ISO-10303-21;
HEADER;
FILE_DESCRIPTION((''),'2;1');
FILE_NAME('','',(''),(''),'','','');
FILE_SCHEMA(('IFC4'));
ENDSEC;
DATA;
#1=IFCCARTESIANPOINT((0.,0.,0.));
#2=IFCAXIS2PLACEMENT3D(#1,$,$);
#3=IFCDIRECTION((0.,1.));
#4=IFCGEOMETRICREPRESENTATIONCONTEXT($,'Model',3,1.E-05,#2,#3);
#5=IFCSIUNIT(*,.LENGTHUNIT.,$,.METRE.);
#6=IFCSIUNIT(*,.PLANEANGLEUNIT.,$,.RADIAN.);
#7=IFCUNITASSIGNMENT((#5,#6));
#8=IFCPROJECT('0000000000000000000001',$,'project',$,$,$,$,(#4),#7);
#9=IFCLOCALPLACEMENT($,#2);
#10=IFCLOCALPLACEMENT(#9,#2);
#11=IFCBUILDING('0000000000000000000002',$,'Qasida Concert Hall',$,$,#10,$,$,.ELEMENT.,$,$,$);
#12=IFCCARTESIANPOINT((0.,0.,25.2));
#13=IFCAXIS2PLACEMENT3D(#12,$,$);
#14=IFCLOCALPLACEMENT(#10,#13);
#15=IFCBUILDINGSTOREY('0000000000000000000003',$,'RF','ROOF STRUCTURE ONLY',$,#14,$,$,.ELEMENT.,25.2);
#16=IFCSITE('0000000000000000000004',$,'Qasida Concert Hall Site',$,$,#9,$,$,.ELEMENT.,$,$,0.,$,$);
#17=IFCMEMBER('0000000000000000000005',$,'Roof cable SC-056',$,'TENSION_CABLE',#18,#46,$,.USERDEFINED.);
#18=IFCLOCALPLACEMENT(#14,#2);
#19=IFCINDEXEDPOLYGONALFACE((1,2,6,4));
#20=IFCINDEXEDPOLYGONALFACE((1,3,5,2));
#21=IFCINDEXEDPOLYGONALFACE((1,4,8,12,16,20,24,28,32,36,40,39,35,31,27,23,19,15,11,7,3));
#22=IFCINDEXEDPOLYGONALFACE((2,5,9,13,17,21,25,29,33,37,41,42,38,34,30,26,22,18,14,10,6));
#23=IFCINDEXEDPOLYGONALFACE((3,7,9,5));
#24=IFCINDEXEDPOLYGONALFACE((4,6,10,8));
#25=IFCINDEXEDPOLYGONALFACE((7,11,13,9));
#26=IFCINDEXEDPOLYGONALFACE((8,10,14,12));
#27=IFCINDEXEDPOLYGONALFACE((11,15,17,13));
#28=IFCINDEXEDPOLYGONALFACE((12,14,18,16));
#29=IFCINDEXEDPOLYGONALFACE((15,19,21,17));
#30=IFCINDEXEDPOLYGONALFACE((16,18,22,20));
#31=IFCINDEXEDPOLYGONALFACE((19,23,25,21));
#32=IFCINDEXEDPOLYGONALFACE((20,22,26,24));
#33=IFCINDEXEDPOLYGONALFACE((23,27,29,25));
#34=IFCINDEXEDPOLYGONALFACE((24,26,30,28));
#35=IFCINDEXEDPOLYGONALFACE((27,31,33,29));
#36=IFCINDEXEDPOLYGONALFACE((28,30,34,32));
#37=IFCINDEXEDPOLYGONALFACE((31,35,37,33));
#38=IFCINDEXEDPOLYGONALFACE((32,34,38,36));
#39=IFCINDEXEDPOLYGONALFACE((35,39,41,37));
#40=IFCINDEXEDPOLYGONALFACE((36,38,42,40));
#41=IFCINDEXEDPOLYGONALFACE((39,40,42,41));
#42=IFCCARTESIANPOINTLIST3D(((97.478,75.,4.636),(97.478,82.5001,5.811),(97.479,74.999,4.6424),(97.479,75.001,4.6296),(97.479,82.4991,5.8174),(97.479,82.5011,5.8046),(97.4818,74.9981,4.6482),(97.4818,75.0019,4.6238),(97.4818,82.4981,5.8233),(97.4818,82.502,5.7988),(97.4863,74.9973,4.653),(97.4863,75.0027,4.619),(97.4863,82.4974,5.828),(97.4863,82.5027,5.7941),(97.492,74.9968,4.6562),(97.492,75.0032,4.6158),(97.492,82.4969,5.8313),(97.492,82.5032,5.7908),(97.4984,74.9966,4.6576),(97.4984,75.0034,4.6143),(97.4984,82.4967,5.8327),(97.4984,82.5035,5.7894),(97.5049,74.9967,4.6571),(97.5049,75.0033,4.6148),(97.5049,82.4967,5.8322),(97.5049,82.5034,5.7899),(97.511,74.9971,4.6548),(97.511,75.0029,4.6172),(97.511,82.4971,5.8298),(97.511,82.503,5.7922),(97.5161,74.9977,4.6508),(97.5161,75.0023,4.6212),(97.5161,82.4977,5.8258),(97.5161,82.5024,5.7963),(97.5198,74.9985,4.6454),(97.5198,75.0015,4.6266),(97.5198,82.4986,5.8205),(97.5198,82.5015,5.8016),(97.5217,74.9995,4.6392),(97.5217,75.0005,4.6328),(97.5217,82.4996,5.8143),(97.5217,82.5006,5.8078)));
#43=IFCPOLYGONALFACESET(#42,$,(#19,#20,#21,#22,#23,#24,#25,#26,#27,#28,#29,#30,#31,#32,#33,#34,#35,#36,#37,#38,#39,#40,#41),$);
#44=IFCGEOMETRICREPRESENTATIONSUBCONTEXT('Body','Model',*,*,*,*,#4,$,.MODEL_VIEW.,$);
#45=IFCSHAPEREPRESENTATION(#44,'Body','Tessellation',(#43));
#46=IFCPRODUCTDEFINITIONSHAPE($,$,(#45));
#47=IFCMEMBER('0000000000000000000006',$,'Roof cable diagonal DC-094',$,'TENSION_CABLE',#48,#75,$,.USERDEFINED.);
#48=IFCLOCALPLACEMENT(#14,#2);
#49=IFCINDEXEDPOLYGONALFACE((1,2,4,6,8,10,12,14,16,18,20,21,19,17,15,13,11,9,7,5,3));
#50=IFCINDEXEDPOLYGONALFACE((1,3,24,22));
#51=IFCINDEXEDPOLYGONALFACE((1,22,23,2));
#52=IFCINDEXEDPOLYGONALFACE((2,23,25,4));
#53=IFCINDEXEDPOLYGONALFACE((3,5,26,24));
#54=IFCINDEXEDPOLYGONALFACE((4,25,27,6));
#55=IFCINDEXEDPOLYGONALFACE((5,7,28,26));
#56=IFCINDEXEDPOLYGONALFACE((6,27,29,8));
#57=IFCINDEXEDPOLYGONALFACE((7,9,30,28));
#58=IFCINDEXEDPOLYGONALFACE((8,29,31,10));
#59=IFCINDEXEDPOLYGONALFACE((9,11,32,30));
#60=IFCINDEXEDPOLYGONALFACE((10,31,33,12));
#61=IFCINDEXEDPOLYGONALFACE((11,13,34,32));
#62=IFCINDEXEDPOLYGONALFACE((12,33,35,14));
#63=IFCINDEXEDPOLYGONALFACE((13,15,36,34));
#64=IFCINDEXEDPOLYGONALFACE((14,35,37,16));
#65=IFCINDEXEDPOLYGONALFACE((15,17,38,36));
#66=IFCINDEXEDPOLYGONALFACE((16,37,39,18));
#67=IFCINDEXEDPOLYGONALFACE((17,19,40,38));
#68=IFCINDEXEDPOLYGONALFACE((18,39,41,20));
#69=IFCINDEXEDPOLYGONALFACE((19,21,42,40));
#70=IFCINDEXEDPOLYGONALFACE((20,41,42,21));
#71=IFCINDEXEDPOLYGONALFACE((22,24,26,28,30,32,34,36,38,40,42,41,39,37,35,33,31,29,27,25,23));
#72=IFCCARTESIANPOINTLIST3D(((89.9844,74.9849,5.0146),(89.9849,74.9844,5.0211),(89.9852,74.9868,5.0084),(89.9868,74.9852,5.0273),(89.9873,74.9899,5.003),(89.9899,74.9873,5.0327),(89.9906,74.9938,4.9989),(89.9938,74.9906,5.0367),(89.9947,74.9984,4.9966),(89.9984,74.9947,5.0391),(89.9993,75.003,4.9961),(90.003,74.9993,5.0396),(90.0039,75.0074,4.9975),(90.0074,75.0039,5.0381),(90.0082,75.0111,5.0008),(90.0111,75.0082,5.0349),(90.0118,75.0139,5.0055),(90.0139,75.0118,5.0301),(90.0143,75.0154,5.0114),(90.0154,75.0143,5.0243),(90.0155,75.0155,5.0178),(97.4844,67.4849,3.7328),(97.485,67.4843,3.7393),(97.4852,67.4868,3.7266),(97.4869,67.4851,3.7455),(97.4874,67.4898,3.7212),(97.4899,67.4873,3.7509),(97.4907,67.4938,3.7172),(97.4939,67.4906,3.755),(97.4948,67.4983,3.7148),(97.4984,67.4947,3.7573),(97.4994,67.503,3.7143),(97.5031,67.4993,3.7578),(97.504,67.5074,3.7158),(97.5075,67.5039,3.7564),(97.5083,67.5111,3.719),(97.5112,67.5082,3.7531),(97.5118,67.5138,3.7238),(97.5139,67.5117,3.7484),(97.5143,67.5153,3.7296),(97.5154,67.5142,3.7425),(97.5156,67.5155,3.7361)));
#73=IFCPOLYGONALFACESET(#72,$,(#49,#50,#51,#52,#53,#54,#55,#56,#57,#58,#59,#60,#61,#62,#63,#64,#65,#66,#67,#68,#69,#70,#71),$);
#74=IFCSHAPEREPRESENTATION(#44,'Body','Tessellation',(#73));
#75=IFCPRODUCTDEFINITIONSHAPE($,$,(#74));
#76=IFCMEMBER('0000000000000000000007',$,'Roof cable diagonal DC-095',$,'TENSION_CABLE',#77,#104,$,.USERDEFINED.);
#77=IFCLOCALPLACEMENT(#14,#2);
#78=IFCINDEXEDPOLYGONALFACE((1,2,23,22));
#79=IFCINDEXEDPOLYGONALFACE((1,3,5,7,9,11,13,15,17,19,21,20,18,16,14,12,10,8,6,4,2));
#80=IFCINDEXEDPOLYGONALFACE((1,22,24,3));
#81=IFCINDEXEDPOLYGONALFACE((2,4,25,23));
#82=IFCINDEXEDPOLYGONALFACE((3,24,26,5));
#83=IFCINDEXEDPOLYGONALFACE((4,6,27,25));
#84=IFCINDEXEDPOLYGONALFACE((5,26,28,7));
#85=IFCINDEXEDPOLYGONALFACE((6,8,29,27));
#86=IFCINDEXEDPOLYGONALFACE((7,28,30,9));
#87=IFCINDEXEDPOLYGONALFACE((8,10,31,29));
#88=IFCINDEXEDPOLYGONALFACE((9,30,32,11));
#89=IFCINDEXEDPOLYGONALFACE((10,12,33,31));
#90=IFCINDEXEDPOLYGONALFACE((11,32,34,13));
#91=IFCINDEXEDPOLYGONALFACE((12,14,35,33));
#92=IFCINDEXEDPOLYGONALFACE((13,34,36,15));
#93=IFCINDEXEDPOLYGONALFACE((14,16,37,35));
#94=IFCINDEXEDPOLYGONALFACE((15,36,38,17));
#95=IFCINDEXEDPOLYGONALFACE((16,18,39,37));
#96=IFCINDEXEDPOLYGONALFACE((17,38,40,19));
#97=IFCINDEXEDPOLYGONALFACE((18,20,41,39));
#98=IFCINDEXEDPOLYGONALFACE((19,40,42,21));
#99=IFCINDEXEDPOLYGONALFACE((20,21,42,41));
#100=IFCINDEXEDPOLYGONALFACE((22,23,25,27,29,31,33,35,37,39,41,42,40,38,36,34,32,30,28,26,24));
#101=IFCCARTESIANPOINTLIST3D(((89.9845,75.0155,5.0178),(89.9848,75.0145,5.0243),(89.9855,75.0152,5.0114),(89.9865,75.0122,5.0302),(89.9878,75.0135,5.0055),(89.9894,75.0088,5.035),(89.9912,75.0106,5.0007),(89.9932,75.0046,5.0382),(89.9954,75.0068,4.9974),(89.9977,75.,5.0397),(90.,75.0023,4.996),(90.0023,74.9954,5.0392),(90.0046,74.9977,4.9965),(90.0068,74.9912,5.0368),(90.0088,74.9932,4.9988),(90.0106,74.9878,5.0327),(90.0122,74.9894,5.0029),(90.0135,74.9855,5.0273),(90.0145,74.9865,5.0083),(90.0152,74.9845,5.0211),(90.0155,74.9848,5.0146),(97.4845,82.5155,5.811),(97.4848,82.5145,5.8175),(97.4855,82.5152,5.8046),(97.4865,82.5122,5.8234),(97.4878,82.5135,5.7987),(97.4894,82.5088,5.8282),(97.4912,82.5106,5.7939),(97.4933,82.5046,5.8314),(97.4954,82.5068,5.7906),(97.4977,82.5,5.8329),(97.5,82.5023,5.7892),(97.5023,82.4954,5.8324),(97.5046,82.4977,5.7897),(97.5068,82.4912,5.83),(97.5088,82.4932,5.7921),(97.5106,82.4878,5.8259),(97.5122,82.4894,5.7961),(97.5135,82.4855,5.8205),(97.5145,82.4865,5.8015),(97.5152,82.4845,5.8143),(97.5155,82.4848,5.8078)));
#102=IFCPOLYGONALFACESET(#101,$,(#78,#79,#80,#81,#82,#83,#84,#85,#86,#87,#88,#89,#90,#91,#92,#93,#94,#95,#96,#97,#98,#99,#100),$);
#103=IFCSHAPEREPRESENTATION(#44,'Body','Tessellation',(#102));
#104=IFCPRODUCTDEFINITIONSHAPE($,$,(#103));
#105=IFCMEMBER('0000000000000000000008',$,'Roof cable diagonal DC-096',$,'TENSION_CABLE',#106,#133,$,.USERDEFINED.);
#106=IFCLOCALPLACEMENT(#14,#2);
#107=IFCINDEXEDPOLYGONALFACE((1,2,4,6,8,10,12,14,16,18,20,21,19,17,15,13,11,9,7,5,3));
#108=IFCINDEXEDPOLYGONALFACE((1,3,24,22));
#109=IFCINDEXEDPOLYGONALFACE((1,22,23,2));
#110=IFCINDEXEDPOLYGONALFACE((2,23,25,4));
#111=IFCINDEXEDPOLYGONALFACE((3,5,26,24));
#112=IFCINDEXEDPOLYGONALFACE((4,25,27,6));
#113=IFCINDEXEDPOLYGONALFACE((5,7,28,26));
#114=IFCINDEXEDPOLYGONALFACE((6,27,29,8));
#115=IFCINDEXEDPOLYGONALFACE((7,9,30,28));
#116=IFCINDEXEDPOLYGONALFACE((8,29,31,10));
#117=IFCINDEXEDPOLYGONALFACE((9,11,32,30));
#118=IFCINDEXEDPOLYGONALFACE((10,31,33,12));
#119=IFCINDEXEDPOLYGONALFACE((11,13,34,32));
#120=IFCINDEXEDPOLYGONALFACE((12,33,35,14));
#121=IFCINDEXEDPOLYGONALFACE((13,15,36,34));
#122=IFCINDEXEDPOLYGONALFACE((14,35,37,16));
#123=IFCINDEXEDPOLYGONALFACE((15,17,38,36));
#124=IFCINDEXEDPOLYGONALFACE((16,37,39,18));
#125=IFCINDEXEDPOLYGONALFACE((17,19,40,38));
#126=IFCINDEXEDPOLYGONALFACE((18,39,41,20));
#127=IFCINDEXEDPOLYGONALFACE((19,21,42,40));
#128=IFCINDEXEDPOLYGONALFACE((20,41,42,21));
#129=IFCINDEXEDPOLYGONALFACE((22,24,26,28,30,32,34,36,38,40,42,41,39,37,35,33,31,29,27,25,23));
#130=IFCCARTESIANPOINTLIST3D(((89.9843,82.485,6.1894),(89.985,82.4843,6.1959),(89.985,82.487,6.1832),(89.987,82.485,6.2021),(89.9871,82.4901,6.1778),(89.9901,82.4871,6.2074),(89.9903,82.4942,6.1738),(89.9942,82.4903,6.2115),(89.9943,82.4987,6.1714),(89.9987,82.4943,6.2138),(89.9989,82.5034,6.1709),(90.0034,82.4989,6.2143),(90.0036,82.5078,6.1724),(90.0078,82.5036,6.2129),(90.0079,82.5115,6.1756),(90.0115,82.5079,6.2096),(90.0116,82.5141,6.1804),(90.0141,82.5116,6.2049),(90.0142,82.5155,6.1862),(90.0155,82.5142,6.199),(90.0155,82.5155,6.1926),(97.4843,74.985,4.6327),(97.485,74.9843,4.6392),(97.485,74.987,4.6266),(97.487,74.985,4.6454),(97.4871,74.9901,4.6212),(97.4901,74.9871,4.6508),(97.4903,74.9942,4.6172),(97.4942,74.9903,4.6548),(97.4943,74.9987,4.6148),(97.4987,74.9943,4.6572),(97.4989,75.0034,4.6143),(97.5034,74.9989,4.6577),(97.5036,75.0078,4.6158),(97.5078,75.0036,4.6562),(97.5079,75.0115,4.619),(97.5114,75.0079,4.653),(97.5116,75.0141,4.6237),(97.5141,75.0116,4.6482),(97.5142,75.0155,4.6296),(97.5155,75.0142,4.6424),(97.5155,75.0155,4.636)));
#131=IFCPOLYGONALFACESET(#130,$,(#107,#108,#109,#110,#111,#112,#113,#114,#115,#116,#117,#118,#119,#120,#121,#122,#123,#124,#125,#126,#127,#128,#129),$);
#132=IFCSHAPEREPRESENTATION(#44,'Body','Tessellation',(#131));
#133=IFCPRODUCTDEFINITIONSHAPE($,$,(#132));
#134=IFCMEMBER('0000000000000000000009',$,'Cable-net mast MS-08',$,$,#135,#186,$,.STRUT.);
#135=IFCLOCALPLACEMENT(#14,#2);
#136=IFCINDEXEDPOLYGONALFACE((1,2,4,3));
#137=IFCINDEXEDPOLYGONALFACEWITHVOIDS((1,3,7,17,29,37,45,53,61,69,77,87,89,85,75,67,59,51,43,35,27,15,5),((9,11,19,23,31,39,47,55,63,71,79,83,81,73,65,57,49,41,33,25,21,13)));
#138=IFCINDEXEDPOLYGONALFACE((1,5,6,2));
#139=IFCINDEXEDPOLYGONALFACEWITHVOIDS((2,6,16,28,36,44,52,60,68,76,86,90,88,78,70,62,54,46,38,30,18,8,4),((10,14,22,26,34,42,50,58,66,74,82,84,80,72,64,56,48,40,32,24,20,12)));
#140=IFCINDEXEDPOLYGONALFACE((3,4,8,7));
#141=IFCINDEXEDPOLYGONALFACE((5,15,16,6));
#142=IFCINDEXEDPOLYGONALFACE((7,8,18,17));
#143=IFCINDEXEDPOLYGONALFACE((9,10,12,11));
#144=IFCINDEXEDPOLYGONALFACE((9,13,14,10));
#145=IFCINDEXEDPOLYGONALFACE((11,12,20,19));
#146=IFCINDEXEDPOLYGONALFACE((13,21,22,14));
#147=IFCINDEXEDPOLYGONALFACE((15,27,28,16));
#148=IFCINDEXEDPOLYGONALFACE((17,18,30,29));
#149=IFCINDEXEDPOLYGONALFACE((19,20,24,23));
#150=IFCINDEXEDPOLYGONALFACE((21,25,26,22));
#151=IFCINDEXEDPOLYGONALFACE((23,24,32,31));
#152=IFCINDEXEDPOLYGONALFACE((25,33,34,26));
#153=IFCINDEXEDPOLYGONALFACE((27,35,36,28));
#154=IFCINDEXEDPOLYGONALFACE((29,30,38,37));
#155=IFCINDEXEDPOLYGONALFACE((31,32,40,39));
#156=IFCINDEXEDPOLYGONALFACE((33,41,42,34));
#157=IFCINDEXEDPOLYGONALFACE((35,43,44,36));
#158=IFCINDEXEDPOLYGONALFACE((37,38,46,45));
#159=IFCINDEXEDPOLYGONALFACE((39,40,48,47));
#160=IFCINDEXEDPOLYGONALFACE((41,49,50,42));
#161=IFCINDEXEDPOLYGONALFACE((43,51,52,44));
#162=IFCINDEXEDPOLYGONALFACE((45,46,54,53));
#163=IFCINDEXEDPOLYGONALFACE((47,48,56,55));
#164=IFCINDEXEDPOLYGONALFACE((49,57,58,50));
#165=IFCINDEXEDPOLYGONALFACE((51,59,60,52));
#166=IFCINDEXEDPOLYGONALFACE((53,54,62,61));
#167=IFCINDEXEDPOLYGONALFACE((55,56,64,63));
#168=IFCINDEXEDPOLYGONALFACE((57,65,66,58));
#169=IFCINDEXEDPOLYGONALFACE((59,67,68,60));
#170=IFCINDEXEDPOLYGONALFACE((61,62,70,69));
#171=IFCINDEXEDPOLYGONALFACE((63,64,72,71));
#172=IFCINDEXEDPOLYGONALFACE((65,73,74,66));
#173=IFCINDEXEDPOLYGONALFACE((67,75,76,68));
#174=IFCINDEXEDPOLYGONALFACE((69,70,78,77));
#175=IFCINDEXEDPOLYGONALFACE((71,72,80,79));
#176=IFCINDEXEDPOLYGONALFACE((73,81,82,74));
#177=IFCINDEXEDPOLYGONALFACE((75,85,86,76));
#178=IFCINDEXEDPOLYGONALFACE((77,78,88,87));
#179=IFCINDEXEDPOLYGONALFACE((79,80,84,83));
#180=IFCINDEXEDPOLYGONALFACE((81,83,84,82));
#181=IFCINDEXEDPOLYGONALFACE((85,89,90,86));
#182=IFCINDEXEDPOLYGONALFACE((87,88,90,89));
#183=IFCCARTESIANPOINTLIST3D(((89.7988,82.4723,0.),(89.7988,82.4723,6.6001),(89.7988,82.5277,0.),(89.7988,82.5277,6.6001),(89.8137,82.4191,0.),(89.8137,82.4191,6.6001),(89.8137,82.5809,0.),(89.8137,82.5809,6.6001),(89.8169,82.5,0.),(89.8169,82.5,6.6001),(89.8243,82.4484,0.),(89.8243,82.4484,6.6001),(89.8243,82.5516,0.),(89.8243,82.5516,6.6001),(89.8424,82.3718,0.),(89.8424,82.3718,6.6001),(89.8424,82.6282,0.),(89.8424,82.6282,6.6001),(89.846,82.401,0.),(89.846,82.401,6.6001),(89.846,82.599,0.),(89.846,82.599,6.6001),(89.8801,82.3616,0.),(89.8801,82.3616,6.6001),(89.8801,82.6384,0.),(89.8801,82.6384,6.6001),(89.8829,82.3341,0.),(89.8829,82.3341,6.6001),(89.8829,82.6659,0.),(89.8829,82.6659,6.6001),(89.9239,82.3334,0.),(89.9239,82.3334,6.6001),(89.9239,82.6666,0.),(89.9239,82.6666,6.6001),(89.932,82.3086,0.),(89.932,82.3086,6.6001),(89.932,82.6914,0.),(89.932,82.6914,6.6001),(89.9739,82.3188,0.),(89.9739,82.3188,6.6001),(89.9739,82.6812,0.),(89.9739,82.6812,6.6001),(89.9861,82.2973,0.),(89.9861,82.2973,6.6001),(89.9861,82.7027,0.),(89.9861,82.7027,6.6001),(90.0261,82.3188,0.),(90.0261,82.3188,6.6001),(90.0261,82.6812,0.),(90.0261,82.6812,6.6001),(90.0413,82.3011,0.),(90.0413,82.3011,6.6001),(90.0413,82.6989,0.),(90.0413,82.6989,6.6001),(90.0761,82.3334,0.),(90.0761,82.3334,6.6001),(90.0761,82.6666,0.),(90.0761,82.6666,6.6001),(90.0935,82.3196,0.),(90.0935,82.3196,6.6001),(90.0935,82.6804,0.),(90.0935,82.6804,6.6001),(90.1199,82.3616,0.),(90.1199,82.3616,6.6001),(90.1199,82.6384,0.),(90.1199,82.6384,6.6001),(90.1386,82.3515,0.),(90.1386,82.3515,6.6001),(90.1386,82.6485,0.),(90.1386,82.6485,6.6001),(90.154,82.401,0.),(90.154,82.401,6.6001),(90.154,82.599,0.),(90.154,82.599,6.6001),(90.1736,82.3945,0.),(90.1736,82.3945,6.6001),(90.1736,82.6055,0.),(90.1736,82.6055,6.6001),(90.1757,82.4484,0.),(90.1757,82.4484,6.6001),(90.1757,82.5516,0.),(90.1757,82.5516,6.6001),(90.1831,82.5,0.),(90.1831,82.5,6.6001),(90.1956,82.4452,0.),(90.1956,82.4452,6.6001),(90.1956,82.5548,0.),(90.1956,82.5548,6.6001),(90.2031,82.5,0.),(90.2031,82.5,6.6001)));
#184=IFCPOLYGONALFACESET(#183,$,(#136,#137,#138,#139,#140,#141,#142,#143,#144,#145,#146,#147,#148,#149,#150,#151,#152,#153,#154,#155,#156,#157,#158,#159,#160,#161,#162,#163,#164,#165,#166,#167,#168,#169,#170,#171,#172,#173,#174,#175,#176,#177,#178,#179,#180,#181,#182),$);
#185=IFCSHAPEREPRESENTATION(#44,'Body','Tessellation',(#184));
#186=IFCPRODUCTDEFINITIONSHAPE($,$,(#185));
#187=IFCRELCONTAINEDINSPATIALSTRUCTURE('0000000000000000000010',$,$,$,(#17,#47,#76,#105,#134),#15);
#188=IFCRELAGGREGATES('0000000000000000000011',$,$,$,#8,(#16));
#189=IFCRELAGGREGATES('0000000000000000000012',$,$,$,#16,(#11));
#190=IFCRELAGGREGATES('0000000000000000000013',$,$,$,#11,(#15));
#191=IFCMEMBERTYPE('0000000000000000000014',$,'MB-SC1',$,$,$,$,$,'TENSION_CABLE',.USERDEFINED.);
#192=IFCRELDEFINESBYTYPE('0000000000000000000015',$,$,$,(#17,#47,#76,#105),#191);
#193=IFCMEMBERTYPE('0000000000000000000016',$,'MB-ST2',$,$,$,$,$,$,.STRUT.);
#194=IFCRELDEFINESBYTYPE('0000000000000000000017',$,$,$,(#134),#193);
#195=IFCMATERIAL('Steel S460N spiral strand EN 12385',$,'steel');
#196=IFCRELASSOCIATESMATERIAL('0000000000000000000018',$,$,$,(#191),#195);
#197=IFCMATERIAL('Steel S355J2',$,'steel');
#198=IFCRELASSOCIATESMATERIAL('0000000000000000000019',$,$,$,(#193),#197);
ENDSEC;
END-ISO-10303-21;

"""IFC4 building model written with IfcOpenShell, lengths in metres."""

from ifc_helpers import new_model, si_unit, direction, frame, origin, origin_2d, place, context, subcontext, project, spatial, circle, hollow_circle, extrude, material, material_profile, profile_set, type_object, element, save


model = new_model("IFC4")

# Units and contexts
model_context = context("Model", 3, precision=1e-05, world=origin(), true_north=direction((0.0, 1.0)))
body_context = subcontext(model_context, "Body", "Model", "MODEL_VIEW")
ifc_project = project(units=[si_unit("LENGTHUNIT", "METRE"), si_unit("PLANEANGLEUNIT", "RADIAN")], contexts=[model_context])

# Site, building, storey
site_placement = place(None, origin())
site = spatial("IfcSite", under=ifc_project, at=site_placement, Name="Qasida Concert Hall Site", CompositionType="ELEMENT", RefElevation=0.0)
building_placement = place(site_placement, origin())
building = spatial("IfcBuilding", under=site, at=building_placement, Name="Qasida Concert Hall", CompositionType="ELEMENT")
storey_placement = place(building_placement, frame((0.0, 0.0, 25.2)))
storey = spatial("IfcBuildingStorey", under=building, at=storey_placement, Name="RF", Description="ROOF STRUCTURE ONLY", CompositionType="ELEMENT", Elevation=25.2)

# Members
ifc_material_1 = material(Name="Steel S460N spiral strand EN 12385", Category="steel")
ifc_material_2 = material(Name="Steel S355J2", Category="steel")
ifc_material_profile_1 = material_profile(ifc_material_1, circle(Radius=0.022, at=origin_2d()), Name="STRAND D44")
ifc_profile_set_1 = profile_set([ifc_material_profile_1], Name="Steel S460N spiral strand EN 12385")
member_type_1 = type_object("IfcMemberType", Name="MB-SC1", ElementType="TENSION_CABLE", PredefinedType="USERDEFINED", material=ifc_profile_set_1)
for number, where, z_axis, x_axis, name in (
    (1, (97.5, 75.0, 4.636), (0.0, 0.987948, 0.154785), (-1.0, 0.0, 0.0), "Roof cable SC-056"),
):
    element("IfcMember", number, at=place(storey_placement, frame(where, z_axis=z_axis, x_axis=x_axis)), inside=storey, type_object=member_type_1, Name=name, ObjectType="TENSION_CABLE", PredefinedType="USERDEFINED", context=body_context, shape_type="SweptSolid", body=[
        extrude(circle(Radius=0.022, at=origin_2d()), origin(), (0.0, 0.0, 1.0), 7.5916),
    ])
member_1_placement = place(storey_placement, frame((90.0, 75.0, 5.0178), z_axis=(0.702, -0.702, -0.119971), x_axis=(0.707107, 0.707107, 0.0)))
element("IfcMember", 2, at=member_1_placement, inside=storey, type_object=member_type_1, Name="Roof cable diagonal DC-094", ObjectType="TENSION_CABLE", PredefinedType="USERDEFINED", context=body_context, shape_type="SweptSolid", body=[
    extrude(circle(Radius=0.022, at=origin_2d()), origin(), (0.0, 0.0, 1.0), 10.6838),
])
member_2_placement = place(storey_placement, frame((90.0, 75.0, 5.0178), z_axis=(0.705138, 0.705138, 0.074577), x_axis=(-0.707107, 0.707107, 0.0)))
element("IfcMember", 3, at=member_2_placement, inside=storey, type_object=member_type_1, Name="Roof cable diagonal DC-095", ObjectType="TENSION_CABLE", PredefinedType="USERDEFINED", context=body_context, shape_type="SweptSolid", body=[
    extrude(circle(Radius=0.022, at=origin_2d()), origin(), (0.0, 0.0, 1.0), 10.6362),
])
member_3_placement = place(storey_placement, frame((90.0, 82.5, 6.1926), z_axis=(0.699612, -0.699612, -0.145206), x_axis=(0.707107, 0.707107, 0.0)))
element("IfcMember", 4, at=member_3_placement, inside=storey, type_object=member_type_1, Name="Roof cable diagonal DC-096", ObjectType="TENSION_CABLE", PredefinedType="USERDEFINED", context=body_context, shape_type="SweptSolid", body=[
    extrude(circle(Radius=0.022, at=origin_2d()), origin(), (0.0, 0.0, 1.0), 10.7202),
])
ifc_material_profile_2 = material_profile(ifc_material_2, hollow_circle(Radius=0.2031, WallThickness=0.02, at=origin_2d()), Name="CHS 406.4x20")
ifc_profile_set_2 = profile_set([ifc_material_profile_2], Name="Steel S355J2")
member_type_2 = type_object("IfcMemberType", Name="MB-ST2", PredefinedType="STRUT", material=ifc_profile_set_2)
member_4_placement = place(storey_placement, frame((90.0, 82.5, 0.0), z_axis=(0.0, 0.0, 1.0), x_axis=(1.0, 0.0, 0.0)))
element("IfcMember", 5, at=member_4_placement, inside=storey, type_object=member_type_2, Name="Cable-net mast MS-08", PredefinedType="STRUT", context=body_context, shape_type="SweptSolid", body=[
    extrude(hollow_circle(Radius=0.2031, WallThickness=0.02, at=origin_2d()), origin(), (0.0, 0.0, 1.0), 6.6001),
])

save(model, "model.ifc")
